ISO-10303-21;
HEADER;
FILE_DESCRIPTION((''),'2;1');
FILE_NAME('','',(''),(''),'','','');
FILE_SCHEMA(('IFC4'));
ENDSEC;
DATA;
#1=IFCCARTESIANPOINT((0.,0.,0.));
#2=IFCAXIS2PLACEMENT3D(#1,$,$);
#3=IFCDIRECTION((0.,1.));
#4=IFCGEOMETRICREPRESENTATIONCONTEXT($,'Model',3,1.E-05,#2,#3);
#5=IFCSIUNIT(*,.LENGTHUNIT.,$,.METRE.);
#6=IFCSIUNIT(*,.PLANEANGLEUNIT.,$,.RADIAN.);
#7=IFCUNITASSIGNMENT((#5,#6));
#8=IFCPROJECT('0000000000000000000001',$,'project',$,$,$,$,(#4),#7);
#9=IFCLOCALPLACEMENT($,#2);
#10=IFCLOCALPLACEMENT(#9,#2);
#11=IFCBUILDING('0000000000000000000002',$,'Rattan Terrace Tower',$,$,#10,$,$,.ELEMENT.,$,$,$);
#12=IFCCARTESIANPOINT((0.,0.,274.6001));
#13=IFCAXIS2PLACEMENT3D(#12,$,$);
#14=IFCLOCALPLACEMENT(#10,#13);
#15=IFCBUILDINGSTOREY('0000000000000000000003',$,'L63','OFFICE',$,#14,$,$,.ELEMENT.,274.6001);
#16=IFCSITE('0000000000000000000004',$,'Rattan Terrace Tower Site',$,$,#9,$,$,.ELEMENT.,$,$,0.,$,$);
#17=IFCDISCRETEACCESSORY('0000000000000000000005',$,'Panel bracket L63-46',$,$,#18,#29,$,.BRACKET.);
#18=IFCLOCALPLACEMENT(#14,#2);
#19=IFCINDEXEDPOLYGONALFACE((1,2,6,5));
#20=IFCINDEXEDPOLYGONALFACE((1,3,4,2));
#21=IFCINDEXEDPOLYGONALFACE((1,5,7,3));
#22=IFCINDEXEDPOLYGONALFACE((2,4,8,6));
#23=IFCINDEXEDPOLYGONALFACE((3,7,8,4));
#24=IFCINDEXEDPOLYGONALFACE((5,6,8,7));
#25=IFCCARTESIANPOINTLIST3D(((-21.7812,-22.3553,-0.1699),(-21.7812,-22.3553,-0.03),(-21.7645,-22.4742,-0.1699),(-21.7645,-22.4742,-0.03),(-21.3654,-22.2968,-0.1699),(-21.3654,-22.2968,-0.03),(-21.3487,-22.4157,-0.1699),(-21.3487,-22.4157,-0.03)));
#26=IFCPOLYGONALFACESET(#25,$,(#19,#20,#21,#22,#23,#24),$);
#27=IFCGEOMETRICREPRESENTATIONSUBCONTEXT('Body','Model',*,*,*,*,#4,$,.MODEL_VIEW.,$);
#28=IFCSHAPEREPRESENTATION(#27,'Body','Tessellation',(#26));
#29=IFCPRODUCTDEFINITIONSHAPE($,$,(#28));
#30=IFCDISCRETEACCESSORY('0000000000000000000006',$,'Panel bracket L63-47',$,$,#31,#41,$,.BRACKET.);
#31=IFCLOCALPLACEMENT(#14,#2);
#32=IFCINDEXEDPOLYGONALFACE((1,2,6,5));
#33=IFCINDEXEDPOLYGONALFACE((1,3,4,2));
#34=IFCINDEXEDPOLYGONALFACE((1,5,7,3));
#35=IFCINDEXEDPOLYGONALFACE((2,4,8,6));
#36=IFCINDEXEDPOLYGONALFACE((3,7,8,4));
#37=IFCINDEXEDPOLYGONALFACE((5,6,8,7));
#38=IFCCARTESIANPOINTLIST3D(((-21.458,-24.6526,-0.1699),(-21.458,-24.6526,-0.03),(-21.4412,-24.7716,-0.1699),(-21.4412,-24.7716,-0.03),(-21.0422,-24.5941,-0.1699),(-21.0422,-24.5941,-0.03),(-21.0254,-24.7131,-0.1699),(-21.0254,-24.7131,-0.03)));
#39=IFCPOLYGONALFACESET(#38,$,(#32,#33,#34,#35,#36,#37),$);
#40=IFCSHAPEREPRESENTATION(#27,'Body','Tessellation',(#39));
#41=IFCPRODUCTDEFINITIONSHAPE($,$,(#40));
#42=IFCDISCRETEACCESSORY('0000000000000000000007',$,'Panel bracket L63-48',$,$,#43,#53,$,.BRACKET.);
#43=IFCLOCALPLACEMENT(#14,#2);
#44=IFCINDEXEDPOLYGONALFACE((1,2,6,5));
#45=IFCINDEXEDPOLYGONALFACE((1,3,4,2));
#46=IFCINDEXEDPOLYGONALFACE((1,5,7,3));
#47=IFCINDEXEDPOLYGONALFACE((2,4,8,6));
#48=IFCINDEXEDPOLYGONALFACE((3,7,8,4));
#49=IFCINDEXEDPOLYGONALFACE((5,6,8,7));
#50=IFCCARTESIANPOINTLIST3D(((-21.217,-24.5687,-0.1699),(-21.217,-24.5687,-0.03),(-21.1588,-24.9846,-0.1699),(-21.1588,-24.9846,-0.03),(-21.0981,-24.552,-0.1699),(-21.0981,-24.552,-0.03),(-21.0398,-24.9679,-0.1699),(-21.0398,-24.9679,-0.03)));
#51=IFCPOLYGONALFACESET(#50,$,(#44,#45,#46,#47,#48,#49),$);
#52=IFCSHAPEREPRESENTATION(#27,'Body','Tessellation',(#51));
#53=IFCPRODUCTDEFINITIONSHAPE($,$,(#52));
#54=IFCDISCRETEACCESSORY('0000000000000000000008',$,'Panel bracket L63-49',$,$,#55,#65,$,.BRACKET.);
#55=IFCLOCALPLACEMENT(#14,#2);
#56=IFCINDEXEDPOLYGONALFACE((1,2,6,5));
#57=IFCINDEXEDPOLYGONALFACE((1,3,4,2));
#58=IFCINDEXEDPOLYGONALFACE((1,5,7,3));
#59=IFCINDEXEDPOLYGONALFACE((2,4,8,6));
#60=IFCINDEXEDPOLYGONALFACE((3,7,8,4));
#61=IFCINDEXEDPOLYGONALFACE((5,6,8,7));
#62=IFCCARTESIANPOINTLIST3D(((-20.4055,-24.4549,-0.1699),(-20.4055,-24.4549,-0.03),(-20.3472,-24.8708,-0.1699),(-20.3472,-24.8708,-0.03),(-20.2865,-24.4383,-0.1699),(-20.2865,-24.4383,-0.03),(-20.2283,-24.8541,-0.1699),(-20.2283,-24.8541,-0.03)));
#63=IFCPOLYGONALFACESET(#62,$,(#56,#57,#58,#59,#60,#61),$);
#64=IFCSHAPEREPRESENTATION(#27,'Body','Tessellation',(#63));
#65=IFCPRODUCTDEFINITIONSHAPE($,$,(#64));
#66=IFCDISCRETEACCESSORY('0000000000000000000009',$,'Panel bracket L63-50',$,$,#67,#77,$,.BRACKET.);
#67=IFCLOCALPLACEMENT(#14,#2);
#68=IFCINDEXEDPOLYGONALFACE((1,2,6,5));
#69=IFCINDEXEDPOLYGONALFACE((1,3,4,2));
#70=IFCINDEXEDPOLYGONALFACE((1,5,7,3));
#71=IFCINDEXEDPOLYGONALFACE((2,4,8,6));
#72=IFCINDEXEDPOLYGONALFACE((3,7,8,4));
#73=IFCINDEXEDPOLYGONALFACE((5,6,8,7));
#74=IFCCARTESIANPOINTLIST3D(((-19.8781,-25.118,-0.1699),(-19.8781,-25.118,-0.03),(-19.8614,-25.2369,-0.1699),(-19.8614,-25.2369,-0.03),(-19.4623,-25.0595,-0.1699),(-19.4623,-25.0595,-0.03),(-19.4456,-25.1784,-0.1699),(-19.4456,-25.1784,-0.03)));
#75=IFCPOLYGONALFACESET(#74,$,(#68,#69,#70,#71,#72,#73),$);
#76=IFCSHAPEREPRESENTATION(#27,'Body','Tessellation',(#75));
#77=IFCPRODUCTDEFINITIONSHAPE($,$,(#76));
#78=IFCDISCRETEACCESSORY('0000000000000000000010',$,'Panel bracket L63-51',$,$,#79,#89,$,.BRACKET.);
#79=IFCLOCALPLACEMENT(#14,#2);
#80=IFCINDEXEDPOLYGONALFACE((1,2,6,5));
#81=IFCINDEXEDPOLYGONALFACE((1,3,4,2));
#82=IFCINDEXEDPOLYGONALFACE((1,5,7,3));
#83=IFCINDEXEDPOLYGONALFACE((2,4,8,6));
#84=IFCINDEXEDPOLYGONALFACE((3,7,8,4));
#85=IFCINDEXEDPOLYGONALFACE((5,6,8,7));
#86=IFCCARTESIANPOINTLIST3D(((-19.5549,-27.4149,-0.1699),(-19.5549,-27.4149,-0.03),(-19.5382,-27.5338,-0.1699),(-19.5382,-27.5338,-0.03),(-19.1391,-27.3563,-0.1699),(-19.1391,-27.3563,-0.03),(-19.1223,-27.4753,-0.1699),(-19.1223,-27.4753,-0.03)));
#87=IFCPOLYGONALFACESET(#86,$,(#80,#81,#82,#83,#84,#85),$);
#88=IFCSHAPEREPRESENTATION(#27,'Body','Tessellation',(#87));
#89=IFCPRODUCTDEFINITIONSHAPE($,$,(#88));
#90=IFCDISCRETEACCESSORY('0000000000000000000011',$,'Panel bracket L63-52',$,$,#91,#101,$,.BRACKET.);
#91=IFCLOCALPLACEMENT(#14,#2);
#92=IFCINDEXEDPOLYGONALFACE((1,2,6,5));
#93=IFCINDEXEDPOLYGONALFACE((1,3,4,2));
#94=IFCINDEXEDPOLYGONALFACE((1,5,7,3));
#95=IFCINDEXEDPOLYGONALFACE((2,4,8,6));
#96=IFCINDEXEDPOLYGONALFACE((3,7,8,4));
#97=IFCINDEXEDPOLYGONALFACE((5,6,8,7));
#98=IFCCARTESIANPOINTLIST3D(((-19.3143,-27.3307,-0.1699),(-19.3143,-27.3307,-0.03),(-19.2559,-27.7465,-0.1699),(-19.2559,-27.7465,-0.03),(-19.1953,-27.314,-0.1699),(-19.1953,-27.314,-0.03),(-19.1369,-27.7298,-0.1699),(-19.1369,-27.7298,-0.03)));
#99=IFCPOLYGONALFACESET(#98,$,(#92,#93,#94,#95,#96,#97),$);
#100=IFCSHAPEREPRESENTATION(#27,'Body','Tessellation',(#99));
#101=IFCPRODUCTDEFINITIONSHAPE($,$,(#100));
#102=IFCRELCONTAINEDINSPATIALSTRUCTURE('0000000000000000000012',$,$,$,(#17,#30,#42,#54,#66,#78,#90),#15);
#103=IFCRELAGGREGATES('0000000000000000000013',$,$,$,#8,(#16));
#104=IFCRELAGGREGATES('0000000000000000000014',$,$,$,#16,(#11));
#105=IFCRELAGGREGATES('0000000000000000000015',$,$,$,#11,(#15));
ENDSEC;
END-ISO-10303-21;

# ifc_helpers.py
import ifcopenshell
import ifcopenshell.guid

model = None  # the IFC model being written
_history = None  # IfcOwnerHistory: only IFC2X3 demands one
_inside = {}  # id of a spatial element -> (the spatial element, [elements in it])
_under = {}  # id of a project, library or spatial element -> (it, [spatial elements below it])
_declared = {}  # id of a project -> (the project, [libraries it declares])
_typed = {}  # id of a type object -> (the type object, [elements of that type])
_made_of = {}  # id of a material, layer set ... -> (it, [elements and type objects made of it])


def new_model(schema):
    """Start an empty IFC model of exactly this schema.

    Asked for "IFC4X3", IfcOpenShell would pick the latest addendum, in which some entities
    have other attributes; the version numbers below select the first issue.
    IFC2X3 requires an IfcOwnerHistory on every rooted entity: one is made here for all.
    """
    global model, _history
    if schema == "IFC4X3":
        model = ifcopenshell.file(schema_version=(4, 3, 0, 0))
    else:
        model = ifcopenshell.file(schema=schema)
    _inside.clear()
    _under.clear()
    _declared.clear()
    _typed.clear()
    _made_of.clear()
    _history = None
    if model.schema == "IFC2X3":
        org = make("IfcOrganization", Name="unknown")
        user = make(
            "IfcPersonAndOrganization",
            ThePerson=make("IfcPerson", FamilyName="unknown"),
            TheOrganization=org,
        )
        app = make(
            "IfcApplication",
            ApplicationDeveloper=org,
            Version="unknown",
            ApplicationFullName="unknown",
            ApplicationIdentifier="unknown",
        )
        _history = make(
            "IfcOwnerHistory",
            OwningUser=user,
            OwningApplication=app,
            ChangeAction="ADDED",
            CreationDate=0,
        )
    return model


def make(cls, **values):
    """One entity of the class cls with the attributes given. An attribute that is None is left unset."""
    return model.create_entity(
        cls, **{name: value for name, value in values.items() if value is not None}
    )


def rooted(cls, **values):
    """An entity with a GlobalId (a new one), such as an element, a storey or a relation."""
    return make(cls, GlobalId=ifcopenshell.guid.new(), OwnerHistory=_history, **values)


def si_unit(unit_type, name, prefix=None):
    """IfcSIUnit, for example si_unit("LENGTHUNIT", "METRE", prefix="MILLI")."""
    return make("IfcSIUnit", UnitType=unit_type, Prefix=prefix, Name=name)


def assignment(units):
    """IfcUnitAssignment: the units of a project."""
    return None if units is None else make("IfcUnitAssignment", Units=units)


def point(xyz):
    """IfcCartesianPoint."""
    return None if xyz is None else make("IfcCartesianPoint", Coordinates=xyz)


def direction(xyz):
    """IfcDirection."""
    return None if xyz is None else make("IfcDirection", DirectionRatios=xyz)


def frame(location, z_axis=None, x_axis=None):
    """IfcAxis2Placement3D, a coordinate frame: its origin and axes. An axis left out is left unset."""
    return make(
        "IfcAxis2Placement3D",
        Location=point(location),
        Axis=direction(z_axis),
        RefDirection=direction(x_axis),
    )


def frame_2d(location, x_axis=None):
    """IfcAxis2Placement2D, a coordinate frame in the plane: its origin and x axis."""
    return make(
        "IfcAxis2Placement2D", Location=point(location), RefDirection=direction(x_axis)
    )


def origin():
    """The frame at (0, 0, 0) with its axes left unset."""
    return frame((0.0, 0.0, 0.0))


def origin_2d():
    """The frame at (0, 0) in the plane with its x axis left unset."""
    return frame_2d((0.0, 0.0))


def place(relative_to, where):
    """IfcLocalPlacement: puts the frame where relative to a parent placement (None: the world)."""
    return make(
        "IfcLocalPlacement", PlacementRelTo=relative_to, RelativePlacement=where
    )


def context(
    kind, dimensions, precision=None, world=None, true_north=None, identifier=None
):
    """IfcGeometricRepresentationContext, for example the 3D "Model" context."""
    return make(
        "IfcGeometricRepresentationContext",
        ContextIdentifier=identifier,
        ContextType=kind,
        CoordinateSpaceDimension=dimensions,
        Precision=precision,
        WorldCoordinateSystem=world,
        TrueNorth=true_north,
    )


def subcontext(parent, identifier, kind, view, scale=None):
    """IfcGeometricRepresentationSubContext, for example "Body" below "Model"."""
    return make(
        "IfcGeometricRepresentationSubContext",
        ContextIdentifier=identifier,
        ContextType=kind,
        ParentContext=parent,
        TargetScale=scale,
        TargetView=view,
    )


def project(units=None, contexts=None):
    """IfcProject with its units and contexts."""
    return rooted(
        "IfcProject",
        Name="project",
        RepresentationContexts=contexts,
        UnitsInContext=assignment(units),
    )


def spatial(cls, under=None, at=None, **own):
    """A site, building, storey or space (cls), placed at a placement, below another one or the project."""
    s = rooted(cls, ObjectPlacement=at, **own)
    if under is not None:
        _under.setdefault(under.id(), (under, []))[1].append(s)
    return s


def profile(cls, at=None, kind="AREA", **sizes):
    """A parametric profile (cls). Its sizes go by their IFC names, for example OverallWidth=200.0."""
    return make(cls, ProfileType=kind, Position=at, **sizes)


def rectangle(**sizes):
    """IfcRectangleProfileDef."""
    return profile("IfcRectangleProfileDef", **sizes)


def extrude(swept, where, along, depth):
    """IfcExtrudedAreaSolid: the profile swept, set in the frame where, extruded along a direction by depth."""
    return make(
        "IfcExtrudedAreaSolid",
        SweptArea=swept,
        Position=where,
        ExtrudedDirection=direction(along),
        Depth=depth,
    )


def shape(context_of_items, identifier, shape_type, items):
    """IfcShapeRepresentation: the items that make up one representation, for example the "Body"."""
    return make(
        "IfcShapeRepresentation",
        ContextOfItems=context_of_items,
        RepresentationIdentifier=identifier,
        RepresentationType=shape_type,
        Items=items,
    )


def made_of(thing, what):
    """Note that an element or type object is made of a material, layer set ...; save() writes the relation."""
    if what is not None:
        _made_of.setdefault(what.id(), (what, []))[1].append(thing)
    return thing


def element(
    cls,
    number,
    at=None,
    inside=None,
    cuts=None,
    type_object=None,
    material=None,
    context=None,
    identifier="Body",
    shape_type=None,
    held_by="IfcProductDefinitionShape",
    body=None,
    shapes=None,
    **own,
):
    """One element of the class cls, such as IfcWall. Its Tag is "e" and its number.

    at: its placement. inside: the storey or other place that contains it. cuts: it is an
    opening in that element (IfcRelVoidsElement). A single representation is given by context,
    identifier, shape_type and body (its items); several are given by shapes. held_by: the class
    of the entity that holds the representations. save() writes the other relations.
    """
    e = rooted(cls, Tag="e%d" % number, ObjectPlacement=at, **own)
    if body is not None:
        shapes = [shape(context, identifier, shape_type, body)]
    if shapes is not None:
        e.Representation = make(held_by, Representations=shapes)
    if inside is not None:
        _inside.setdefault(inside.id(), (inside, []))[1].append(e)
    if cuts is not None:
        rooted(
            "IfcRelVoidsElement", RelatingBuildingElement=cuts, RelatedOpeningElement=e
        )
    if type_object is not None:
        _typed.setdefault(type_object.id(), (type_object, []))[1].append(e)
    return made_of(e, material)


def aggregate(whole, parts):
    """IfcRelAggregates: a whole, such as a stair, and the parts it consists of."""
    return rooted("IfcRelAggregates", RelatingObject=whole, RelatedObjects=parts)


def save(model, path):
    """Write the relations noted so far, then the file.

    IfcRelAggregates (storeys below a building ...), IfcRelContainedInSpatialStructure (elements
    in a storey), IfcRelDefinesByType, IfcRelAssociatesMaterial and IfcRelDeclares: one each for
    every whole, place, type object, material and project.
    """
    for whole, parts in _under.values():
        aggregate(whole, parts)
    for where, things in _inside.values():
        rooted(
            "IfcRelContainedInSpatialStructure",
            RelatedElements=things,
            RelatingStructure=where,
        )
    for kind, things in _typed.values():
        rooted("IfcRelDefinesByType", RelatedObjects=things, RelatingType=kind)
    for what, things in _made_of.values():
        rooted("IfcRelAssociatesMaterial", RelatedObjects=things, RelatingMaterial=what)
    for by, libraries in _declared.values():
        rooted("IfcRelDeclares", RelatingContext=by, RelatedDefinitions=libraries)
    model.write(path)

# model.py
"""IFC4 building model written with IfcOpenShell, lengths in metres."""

from ifc_helpers import new_model, si_unit, direction, frame, origin, origin_2d, place, context, subcontext, project, spatial, rectangle, extrude, element, save


model = new_model("IFC4")

# Units and contexts
model_context = context("Model", 3, precision=1e-05, world=origin(), true_north=direction((0.0, 1.0)))
body_context = subcontext(model_context, "Body", "Model", "MODEL_VIEW")
ifc_project = project(units=[si_unit("LENGTHUNIT", "METRE"), si_unit("PLANEANGLEUNIT", "RADIAN")], contexts=[model_context])

# Site, building, storey
site_placement = place(None, origin())
site = spatial("IfcSite", under=ifc_project, at=site_placement, Name="Rattan Terrace Tower Site", CompositionType="ELEMENT", RefElevation=0.0)
building_placement = place(site_placement, origin())
building = spatial("IfcBuilding", under=site, at=building_placement, Name="Rattan Terrace Tower", CompositionType="ELEMENT")
storey_placement = place(building_placement, frame((0.0, 0.0, 274.6001)))
storey = spatial("IfcBuildingStorey", under=building, at=storey_placement, Name="L63", Description="OFFICE", CompositionType="ELEMENT", Elevation=274.6001)

# Discrete accessories
for number, where, z_axis, x_axis, name in (
    (1, (-21.5649, -22.3855, -0.1699), (0.0, 0.0, 1.0), (0.139321, -0.990247, 0.0), "Panel bracket L63-46"),
    (2, (-21.2417, -24.6829, -0.1699), (0.0, 0.0, 1.0), (0.139321, -0.990247, 0.0), "Panel bracket L63-47"),
    (3, (-21.1284, -24.7683, -0.1699), (0.0, 0.0, 1.0), (0.990333, 0.138713, 0.0), "Panel bracket L63-48"),
    (4, (-20.3169, -24.6545, -0.1699), (0.0, 0.0, 1.0), (0.990333, 0.138713, 0.0), "Panel bracket L63-49"),
    (5, (-19.6619, -25.1482, -0.1699), (0.0, 0.0, 1.0), (0.139367, -0.990241, 0.0), "Panel bracket L63-50"),
    (6, (-19.3386, -27.4451, -0.1699), (0.0, 0.0, 1.0), (0.139367, -0.990241, 0.0), "Panel bracket L63-51"),
    (7, (-19.2256, -27.5303, -0.1699), (0.0, 0.0, 1.0), (0.990287, 0.13904, 0.0), "Panel bracket L63-52"),
):
    element("IfcDiscreteAccessory", number, at=place(storey_placement, frame(where, z_axis=z_axis, x_axis=x_axis)), inside=storey, Name=name, PredefinedType="BRACKET", context=body_context, shape_type="SweptSolid", body=[
        extrude(rectangle(XDim=0.1201, YDim=0.4199, at=origin_2d()), origin(), (0.0, 0.0, 1.0), 0.1399),
    ])

save(model, "model.ifc")
